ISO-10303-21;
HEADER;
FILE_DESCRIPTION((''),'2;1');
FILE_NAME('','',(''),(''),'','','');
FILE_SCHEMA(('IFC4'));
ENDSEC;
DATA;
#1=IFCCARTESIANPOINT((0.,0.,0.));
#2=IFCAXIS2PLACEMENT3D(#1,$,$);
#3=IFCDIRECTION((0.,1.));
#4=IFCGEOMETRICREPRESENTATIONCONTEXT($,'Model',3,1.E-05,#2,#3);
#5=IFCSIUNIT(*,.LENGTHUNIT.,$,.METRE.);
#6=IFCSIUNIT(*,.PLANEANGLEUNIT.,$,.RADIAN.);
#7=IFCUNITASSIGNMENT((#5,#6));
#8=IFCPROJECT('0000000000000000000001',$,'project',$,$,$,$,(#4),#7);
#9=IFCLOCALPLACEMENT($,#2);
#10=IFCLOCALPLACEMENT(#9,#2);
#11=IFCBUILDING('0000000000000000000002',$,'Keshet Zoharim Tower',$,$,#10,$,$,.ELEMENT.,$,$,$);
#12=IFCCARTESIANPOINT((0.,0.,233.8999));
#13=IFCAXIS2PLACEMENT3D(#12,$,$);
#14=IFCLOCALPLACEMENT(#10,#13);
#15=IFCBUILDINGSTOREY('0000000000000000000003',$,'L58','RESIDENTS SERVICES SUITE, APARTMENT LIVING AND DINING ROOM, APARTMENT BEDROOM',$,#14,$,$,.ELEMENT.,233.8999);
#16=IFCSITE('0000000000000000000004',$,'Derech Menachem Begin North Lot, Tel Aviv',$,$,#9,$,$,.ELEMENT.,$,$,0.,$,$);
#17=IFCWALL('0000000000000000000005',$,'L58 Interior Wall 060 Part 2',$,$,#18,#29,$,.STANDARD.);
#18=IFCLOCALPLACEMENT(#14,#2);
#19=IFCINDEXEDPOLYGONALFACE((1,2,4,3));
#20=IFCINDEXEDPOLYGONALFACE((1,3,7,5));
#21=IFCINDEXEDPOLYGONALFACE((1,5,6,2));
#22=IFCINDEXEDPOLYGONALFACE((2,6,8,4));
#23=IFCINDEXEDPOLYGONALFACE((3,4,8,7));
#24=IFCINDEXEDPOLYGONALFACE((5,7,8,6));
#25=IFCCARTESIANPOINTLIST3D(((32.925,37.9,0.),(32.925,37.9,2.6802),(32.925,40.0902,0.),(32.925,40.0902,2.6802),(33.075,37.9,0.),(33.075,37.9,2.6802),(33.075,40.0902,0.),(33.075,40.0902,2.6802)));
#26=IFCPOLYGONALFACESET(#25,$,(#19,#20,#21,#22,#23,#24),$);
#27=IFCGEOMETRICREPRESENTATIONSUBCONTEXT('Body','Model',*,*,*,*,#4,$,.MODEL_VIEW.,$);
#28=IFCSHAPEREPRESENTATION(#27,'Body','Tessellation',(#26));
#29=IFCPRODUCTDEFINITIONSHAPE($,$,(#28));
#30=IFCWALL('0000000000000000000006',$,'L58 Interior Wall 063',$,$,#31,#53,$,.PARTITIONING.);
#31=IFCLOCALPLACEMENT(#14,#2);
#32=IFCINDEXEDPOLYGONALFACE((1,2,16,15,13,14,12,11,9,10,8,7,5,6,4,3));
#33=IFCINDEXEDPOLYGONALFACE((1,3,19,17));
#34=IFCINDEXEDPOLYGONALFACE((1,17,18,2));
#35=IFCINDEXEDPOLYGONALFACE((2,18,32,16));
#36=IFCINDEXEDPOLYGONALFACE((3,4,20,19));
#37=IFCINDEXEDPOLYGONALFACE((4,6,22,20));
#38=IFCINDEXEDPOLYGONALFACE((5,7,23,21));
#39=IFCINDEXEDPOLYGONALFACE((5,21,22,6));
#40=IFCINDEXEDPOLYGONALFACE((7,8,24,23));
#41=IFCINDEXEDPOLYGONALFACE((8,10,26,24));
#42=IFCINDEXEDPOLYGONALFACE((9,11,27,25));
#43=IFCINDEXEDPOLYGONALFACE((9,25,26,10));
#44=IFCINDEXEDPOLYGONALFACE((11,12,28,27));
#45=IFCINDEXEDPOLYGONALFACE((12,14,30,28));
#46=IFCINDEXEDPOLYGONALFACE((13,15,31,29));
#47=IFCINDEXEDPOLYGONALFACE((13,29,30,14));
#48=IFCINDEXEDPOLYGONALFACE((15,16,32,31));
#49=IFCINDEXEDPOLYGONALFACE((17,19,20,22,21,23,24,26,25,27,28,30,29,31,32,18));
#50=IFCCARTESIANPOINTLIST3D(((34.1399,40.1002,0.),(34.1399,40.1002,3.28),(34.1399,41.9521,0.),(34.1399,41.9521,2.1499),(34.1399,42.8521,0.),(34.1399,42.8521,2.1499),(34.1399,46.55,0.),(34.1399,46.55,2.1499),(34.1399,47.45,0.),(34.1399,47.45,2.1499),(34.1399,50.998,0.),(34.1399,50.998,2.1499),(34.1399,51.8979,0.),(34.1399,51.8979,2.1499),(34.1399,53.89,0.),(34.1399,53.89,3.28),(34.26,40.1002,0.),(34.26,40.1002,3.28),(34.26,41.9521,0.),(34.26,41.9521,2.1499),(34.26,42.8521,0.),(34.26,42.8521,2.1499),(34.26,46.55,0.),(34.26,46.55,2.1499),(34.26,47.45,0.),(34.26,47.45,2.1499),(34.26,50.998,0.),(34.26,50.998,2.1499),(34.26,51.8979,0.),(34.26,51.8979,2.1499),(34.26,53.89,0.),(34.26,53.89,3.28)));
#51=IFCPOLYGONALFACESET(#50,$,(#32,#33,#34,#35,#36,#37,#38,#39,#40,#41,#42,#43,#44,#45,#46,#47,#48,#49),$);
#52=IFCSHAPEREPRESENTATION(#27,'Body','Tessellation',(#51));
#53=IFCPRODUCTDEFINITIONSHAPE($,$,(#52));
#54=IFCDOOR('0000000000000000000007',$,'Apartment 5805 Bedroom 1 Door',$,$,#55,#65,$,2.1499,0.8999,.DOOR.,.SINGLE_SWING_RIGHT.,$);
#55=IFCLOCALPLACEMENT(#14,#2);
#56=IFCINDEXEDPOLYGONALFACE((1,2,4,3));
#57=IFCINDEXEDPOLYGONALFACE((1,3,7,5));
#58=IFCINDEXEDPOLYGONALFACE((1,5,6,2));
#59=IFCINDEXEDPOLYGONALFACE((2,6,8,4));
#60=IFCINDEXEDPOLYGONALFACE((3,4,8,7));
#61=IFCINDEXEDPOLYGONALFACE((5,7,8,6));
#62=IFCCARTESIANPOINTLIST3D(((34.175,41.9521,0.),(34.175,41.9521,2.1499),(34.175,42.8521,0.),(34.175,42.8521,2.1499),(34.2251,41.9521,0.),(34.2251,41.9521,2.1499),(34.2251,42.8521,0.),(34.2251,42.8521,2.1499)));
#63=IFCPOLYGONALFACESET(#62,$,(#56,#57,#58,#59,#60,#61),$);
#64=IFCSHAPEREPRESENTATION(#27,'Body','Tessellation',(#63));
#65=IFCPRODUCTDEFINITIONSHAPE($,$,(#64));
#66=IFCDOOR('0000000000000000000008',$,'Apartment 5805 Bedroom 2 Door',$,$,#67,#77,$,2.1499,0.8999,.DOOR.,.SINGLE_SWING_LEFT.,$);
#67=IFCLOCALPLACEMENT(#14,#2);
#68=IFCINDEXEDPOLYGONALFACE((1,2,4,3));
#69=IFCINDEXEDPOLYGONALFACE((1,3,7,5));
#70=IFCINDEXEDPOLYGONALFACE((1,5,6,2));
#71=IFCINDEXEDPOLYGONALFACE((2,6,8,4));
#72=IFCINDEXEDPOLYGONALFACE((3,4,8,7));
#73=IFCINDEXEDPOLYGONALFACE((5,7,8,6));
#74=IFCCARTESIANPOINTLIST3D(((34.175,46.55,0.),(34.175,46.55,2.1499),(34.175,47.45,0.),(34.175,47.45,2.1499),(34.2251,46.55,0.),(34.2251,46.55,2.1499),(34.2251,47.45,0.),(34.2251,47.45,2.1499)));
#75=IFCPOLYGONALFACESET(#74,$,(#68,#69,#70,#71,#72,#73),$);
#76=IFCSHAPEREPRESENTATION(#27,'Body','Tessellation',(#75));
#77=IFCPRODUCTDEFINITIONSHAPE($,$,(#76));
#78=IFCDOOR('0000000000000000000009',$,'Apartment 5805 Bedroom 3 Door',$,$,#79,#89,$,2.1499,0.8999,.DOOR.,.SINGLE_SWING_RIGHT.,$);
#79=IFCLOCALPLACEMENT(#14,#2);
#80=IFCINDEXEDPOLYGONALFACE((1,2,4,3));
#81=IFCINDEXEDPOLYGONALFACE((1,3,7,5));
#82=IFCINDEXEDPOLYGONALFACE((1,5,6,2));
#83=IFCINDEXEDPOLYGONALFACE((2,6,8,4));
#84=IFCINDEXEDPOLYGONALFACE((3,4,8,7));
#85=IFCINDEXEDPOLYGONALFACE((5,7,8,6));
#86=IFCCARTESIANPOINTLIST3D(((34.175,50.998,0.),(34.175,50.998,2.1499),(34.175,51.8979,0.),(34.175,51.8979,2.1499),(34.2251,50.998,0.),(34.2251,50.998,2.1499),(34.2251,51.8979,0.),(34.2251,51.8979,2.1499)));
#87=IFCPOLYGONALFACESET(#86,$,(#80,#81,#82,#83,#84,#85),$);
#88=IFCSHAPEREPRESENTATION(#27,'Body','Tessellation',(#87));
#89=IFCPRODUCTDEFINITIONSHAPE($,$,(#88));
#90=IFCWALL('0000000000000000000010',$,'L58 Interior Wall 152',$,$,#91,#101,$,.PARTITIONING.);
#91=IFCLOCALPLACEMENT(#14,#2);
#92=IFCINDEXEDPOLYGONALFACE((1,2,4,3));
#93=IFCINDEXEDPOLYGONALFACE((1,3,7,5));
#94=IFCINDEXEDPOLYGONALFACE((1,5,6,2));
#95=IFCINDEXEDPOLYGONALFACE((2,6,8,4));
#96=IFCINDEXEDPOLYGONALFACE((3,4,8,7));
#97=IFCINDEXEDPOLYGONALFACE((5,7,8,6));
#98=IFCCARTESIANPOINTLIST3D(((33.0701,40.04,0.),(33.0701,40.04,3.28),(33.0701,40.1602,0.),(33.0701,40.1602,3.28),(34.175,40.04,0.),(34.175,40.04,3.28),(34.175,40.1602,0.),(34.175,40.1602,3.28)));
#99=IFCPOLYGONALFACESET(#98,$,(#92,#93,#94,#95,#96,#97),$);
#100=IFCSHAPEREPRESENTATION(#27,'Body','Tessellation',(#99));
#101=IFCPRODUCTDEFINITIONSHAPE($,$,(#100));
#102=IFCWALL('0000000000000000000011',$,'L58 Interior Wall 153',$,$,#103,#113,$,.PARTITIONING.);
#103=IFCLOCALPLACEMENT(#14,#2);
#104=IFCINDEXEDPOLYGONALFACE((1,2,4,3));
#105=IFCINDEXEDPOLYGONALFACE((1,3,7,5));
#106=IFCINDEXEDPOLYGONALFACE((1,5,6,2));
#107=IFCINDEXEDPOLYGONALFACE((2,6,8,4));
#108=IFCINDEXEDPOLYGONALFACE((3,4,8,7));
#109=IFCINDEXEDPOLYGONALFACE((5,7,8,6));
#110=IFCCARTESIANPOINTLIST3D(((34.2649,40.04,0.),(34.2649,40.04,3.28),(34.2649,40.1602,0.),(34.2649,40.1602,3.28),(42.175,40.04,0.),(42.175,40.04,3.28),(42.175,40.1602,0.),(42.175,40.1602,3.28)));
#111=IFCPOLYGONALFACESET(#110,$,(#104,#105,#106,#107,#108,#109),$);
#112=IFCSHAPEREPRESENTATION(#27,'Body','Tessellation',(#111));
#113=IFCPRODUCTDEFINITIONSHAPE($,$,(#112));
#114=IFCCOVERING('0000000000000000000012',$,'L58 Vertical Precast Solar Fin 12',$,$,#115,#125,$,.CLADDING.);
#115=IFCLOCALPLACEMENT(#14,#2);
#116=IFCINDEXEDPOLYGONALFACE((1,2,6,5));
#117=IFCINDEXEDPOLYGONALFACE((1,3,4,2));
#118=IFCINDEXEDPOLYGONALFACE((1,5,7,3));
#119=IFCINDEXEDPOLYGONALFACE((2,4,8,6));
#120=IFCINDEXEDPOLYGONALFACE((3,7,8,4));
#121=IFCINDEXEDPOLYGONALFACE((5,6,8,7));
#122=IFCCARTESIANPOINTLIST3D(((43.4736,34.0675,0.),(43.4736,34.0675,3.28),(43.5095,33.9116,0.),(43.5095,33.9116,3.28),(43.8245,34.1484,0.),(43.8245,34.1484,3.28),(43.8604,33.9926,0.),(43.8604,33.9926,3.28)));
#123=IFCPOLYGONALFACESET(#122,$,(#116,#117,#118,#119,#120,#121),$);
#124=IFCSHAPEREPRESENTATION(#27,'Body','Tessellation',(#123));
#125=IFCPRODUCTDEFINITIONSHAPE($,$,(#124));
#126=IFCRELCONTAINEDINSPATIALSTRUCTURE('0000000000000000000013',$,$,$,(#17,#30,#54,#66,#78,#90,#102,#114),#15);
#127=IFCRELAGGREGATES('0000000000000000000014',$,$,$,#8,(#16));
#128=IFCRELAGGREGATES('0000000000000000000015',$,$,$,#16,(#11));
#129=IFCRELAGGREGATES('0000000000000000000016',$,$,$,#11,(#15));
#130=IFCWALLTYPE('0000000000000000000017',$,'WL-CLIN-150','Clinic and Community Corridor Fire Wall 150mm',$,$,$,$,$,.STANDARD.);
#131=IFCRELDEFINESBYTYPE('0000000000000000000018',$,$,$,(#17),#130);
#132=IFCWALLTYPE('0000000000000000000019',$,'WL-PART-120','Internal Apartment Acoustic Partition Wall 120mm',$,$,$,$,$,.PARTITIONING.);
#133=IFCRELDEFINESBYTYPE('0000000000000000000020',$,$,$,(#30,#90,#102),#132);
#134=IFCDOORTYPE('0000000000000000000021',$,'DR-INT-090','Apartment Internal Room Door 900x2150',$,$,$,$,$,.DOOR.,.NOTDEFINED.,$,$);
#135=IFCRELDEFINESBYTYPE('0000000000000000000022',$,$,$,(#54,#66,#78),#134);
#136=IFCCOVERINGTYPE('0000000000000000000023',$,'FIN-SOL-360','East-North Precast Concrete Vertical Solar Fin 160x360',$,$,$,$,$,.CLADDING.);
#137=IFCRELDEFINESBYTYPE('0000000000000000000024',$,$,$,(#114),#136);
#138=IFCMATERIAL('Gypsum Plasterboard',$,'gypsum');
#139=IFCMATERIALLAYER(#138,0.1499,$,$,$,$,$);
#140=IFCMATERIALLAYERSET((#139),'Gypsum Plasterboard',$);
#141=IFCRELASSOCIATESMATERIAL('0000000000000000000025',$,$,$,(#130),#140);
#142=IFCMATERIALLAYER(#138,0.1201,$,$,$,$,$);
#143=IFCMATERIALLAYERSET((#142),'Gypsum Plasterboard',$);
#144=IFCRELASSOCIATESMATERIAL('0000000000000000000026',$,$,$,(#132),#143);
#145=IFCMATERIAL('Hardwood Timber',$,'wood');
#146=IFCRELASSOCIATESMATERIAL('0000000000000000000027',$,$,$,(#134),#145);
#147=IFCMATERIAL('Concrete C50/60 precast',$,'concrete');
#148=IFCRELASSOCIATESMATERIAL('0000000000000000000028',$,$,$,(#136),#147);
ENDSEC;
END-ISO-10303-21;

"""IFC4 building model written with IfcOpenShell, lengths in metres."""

from ifc_helpers import new_model, si_unit, direction, frame, frame_2d, origin, origin_2d, place, context, subcontext, project, spatial, rectangle, extrude, material, layer, layer_set, type_object, element, fill, save


model = new_model("IFC4")

# Units and contexts
model_context = context("Model", 3, precision=1e-05, world=origin(), true_north=direction((0.0, 1.0)))
body_context = subcontext(model_context, "Body", "Model", "MODEL_VIEW")
ifc_project = project(units=[si_unit("LENGTHUNIT", "METRE"), si_unit("PLANEANGLEUNIT", "RADIAN")], contexts=[model_context])

# Site, building, storey
site_placement = place(None, origin())
site = spatial("IfcSite", under=ifc_project, at=site_placement, Name="Derech Menachem Begin North Lot, Tel Aviv", CompositionType="ELEMENT", RefElevation=0.0)
building_placement = place(site_placement, origin())
building = spatial("IfcBuilding", under=site, at=building_placement, Name="Keshet Zoharim Tower", CompositionType="ELEMENT")
storey_placement = place(building_placement, frame((0.0, 0.0, 233.8999)))
storey = spatial("IfcBuildingStorey", under=building, at=storey_placement, Name="L58", Description="RESIDENTS SERVICES SUITE, APARTMENT LIVING AND DINING ROOM, APARTMENT BEDROOM", CompositionType="ELEMENT", Elevation=233.8999)

# Wall
ifc_material_1 = material(Name="Gypsum Plasterboard", Category="gypsum")
ifc_layer_1 = layer(ifc_material_1, 0.1499)
ifc_layer_set_1 = layer_set([ifc_layer_1], Name="Gypsum Plasterboard")
wall_type_1 = type_object("IfcWallType", Name="WL-CLIN-150", Description="Clinic and Community Corridor Fire Wall 150mm", PredefinedType="STANDARD", material=ifc_layer_set_1)
wall_1_placement = place(storey_placement, frame((33.0, 37.8999, 0.0), z_axis=(0.0, 0.0, 1.0), x_axis=(0.0, 1.0, 0.0)))
element("IfcWall", 1, at=wall_1_placement, inside=storey, type_object=wall_type_1, Name="L58 Interior Wall 060 Part 2", PredefinedType="STANDARD", context=body_context, shape_type="SweptSolid", body=[
    extrude(rectangle(XDim=2.1902, YDim=0.1499, at=frame_2d((1.0952, 0.0))), origin(), (0.0, 0.0, 1.0), 2.6802),
])

# Wall, openings, doors
ifc_layer_2 = layer(ifc_material_1, 0.1201)
ifc_layer_set_2 = layer_set([ifc_layer_2], Name="Gypsum Plasterboard")
wall_type_2 = type_object("IfcWallType", Name="WL-PART-120", Description="Internal Apartment Acoustic Partition Wall 120mm", PredefinedType="PARTITIONING", material=ifc_layer_set_2)
wall_2_placement = place(storey_placement, frame((34.2, 40.1001, 0.0), z_axis=(0.0, 0.0, 1.0), x_axis=(0.0, 1.0, 0.0)))
wall_2 = element("IfcWall", 2, at=wall_2_placement, inside=storey, type_object=wall_type_2, Name="L58 Interior Wall 063", PredefinedType="PARTITIONING", context=body_context, shape_type="SweptSolid", body=[
    extrude(rectangle(XDim=13.7898, YDim=0.1201, at=frame_2d((6.895, 0.0))), origin(), (0.0, 0.0, 1.0), 3.28),
])
opening_1_placement = place(wall_2_placement, frame((1.8521, 0.0, 0.0)))
opening_1 = element("IfcOpeningElement", 3, at=opening_1_placement, cuts=wall_2, PredefinedType="OPENING", context=body_context, shape_type="SweptSolid", body=[
    extrude(rectangle(XDim=0.8999, YDim=2.1499, at=frame_2d((0.45, 1.075))), frame((0.0, 0.0701, 0.0), z_axis=(0.0, -1.0, 0.0), x_axis=(1.0, 0.0, 0.0)), (0.0, 0.0, 1.0), 0.1401),
])
opening_2_placement = place(wall_2_placement, frame((6.45, 0.0, 0.0)))
opening_2 = element("IfcOpeningElement", 4, at=opening_2_placement, cuts=wall_2, PredefinedType="OPENING", context=body_context, shape_type="SweptSolid", body=[
    extrude(rectangle(XDim=0.8999, YDim=2.1499, at=frame_2d((0.45, 1.075))), frame((0.0, 0.0701, 0.0), z_axis=(0.0, -1.0, 0.0), x_axis=(1.0, 0.0, 0.0)), (0.0, 0.0, 1.0), 0.1401),
])
opening_3_placement = place(wall_2_placement, frame((10.8979, 0.0, 0.0)))
opening_3 = element("IfcOpeningElement", 5, at=opening_3_placement, cuts=wall_2, PredefinedType="OPENING", context=body_context, shape_type="SweptSolid", body=[
    extrude(rectangle(XDim=0.8999, YDim=2.1499, at=frame_2d((0.45, 1.075))), frame((0.0, 0.0701, 0.0), z_axis=(0.0, -1.0, 0.0), x_axis=(1.0, 0.0, 0.0)), (0.0, 0.0, 1.0), 0.1401),
])
ifc_material_2 = material(Name="Hardwood Timber", Category="wood")
door_type = type_object("IfcDoorType", Name="DR-INT-090", Description="Apartment Internal Room Door 900x2150", OperationType="NOTDEFINED", PredefinedType="DOOR", material=ifc_material_2)
door_1_placement = place(opening_1_placement, origin())
door_1 = element("IfcDoor", 6, at=door_1_placement, inside=storey, type_object=door_type, Name="Apartment 5805 Bedroom 1 Door", OperationType="SINGLE_SWING_RIGHT", OverallHeight=2.1499, OverallWidth=0.8999, PredefinedType="DOOR", context=body_context, shape_type="SweptSolid", body=[
    extrude(rectangle(XDim=0.8999, YDim=2.1499, at=frame_2d((0.45, 1.075))), frame((0.0, 0.0249, 0.0), z_axis=(0.0, -1.0, 0.0), x_axis=(1.0, 0.0, 0.0)), (0.0, 0.0, 1.0), 0.05),
])
fill(opening_1, door_1)
door_2_placement = place(opening_2_placement, origin())
door_2 = element("IfcDoor", 7, at=door_2_placement, inside=storey, type_object=door_type, Name="Apartment 5805 Bedroom 2 Door", OperationType="SINGLE_SWING_LEFT", OverallHeight=2.1499, OverallWidth=0.8999, PredefinedType="DOOR", context=body_context, shape_type="SweptSolid", body=[
    extrude(rectangle(XDim=0.8999, YDim=2.1499, at=frame_2d((0.45, 1.075))), frame((0.0, 0.0249, 0.0), z_axis=(0.0, -1.0, 0.0), x_axis=(1.0, 0.0, 0.0)), (0.0, 0.0, 1.0), 0.05),
])
fill(opening_2, door_2)
door_3_placement = place(opening_3_placement, origin())
door_3 = element("IfcDoor", 8, at=door_3_placement, inside=storey, type_object=door_type, Name="Apartment 5805 Bedroom 3 Door", OperationType="SINGLE_SWING_RIGHT", OverallHeight=2.1499, OverallWidth=0.8999, PredefinedType="DOOR", context=body_context, shape_type="SweptSolid", body=[
    extrude(rectangle(XDim=0.8999, YDim=2.1499, at=frame_2d((0.45, 1.075))), frame((0.0, 0.0249, 0.0), z_axis=(0.0, -1.0, 0.0), x_axis=(1.0, 0.0, 0.0)), (0.0, 0.0, 1.0), 0.05),
])
fill(opening_3, door_3)

# Walls
wall_3_placement = place(storey_placement, frame((33.0701, 40.1001, 0.0), z_axis=(0.0, 0.0, 1.0), x_axis=(1.0, 0.0, 0.0)))
element("IfcWall", 9, at=wall_3_placement, inside=storey, type_object=wall_type_2, Name="L58 Interior Wall 152", PredefinedType="PARTITIONING", context=body_context, shape_type="SweptSolid", body=[
    extrude(rectangle(XDim=1.105, YDim=0.1201, at=frame_2d((0.5525, 0.0))), origin(), (0.0, 0.0, 1.0), 3.28),
])
wall_4_placement = place(storey_placement, frame((34.2649, 40.1001, 0.0), z_axis=(0.0, 0.0, 1.0), x_axis=(1.0, 0.0, 0.0)))
element("IfcWall", 10, at=wall_4_placement, inside=storey, type_object=wall_type_2, Name="L58 Interior Wall 153", PredefinedType="PARTITIONING", context=body_context, shape_type="SweptSolid", body=[
    extrude(rectangle(XDim=7.9102, YDim=0.1201, at=frame_2d((3.9551, 0.0))), origin(), (0.0, 0.0, 1.0), 3.28),
])

# Covering
ifc_material_3 = material(Name="Concrete C50/60 precast", Category="concrete")
covering_type = type_object("IfcCoveringType", Name="FIN-SOL-360", Description="East-North Precast Concrete Vertical Solar Fin 160x360", PredefinedType="CLADDING", material=ifc_material_3)
covering_placement = place(storey_placement, frame((43.667, 34.03, 0.0), z_axis=(0.0, 0.0, 1.0), x_axis=(0.224848, -0.974394, 0.0)))
element("IfcCovering", 11, at=covering_placement, inside=storey, type_object=covering_type, Name="L58 Vertical Precast Solar Fin 12", PredefinedType="CLADDING", context=body_context, shape_type="SweptSolid", body=[
    extrude(rectangle(XDim=0.1599, YDim=0.3601, at=origin_2d()), origin(), (0.0, 0.0, 1.0), 3.28),
])

save(model, "model.ifc")
